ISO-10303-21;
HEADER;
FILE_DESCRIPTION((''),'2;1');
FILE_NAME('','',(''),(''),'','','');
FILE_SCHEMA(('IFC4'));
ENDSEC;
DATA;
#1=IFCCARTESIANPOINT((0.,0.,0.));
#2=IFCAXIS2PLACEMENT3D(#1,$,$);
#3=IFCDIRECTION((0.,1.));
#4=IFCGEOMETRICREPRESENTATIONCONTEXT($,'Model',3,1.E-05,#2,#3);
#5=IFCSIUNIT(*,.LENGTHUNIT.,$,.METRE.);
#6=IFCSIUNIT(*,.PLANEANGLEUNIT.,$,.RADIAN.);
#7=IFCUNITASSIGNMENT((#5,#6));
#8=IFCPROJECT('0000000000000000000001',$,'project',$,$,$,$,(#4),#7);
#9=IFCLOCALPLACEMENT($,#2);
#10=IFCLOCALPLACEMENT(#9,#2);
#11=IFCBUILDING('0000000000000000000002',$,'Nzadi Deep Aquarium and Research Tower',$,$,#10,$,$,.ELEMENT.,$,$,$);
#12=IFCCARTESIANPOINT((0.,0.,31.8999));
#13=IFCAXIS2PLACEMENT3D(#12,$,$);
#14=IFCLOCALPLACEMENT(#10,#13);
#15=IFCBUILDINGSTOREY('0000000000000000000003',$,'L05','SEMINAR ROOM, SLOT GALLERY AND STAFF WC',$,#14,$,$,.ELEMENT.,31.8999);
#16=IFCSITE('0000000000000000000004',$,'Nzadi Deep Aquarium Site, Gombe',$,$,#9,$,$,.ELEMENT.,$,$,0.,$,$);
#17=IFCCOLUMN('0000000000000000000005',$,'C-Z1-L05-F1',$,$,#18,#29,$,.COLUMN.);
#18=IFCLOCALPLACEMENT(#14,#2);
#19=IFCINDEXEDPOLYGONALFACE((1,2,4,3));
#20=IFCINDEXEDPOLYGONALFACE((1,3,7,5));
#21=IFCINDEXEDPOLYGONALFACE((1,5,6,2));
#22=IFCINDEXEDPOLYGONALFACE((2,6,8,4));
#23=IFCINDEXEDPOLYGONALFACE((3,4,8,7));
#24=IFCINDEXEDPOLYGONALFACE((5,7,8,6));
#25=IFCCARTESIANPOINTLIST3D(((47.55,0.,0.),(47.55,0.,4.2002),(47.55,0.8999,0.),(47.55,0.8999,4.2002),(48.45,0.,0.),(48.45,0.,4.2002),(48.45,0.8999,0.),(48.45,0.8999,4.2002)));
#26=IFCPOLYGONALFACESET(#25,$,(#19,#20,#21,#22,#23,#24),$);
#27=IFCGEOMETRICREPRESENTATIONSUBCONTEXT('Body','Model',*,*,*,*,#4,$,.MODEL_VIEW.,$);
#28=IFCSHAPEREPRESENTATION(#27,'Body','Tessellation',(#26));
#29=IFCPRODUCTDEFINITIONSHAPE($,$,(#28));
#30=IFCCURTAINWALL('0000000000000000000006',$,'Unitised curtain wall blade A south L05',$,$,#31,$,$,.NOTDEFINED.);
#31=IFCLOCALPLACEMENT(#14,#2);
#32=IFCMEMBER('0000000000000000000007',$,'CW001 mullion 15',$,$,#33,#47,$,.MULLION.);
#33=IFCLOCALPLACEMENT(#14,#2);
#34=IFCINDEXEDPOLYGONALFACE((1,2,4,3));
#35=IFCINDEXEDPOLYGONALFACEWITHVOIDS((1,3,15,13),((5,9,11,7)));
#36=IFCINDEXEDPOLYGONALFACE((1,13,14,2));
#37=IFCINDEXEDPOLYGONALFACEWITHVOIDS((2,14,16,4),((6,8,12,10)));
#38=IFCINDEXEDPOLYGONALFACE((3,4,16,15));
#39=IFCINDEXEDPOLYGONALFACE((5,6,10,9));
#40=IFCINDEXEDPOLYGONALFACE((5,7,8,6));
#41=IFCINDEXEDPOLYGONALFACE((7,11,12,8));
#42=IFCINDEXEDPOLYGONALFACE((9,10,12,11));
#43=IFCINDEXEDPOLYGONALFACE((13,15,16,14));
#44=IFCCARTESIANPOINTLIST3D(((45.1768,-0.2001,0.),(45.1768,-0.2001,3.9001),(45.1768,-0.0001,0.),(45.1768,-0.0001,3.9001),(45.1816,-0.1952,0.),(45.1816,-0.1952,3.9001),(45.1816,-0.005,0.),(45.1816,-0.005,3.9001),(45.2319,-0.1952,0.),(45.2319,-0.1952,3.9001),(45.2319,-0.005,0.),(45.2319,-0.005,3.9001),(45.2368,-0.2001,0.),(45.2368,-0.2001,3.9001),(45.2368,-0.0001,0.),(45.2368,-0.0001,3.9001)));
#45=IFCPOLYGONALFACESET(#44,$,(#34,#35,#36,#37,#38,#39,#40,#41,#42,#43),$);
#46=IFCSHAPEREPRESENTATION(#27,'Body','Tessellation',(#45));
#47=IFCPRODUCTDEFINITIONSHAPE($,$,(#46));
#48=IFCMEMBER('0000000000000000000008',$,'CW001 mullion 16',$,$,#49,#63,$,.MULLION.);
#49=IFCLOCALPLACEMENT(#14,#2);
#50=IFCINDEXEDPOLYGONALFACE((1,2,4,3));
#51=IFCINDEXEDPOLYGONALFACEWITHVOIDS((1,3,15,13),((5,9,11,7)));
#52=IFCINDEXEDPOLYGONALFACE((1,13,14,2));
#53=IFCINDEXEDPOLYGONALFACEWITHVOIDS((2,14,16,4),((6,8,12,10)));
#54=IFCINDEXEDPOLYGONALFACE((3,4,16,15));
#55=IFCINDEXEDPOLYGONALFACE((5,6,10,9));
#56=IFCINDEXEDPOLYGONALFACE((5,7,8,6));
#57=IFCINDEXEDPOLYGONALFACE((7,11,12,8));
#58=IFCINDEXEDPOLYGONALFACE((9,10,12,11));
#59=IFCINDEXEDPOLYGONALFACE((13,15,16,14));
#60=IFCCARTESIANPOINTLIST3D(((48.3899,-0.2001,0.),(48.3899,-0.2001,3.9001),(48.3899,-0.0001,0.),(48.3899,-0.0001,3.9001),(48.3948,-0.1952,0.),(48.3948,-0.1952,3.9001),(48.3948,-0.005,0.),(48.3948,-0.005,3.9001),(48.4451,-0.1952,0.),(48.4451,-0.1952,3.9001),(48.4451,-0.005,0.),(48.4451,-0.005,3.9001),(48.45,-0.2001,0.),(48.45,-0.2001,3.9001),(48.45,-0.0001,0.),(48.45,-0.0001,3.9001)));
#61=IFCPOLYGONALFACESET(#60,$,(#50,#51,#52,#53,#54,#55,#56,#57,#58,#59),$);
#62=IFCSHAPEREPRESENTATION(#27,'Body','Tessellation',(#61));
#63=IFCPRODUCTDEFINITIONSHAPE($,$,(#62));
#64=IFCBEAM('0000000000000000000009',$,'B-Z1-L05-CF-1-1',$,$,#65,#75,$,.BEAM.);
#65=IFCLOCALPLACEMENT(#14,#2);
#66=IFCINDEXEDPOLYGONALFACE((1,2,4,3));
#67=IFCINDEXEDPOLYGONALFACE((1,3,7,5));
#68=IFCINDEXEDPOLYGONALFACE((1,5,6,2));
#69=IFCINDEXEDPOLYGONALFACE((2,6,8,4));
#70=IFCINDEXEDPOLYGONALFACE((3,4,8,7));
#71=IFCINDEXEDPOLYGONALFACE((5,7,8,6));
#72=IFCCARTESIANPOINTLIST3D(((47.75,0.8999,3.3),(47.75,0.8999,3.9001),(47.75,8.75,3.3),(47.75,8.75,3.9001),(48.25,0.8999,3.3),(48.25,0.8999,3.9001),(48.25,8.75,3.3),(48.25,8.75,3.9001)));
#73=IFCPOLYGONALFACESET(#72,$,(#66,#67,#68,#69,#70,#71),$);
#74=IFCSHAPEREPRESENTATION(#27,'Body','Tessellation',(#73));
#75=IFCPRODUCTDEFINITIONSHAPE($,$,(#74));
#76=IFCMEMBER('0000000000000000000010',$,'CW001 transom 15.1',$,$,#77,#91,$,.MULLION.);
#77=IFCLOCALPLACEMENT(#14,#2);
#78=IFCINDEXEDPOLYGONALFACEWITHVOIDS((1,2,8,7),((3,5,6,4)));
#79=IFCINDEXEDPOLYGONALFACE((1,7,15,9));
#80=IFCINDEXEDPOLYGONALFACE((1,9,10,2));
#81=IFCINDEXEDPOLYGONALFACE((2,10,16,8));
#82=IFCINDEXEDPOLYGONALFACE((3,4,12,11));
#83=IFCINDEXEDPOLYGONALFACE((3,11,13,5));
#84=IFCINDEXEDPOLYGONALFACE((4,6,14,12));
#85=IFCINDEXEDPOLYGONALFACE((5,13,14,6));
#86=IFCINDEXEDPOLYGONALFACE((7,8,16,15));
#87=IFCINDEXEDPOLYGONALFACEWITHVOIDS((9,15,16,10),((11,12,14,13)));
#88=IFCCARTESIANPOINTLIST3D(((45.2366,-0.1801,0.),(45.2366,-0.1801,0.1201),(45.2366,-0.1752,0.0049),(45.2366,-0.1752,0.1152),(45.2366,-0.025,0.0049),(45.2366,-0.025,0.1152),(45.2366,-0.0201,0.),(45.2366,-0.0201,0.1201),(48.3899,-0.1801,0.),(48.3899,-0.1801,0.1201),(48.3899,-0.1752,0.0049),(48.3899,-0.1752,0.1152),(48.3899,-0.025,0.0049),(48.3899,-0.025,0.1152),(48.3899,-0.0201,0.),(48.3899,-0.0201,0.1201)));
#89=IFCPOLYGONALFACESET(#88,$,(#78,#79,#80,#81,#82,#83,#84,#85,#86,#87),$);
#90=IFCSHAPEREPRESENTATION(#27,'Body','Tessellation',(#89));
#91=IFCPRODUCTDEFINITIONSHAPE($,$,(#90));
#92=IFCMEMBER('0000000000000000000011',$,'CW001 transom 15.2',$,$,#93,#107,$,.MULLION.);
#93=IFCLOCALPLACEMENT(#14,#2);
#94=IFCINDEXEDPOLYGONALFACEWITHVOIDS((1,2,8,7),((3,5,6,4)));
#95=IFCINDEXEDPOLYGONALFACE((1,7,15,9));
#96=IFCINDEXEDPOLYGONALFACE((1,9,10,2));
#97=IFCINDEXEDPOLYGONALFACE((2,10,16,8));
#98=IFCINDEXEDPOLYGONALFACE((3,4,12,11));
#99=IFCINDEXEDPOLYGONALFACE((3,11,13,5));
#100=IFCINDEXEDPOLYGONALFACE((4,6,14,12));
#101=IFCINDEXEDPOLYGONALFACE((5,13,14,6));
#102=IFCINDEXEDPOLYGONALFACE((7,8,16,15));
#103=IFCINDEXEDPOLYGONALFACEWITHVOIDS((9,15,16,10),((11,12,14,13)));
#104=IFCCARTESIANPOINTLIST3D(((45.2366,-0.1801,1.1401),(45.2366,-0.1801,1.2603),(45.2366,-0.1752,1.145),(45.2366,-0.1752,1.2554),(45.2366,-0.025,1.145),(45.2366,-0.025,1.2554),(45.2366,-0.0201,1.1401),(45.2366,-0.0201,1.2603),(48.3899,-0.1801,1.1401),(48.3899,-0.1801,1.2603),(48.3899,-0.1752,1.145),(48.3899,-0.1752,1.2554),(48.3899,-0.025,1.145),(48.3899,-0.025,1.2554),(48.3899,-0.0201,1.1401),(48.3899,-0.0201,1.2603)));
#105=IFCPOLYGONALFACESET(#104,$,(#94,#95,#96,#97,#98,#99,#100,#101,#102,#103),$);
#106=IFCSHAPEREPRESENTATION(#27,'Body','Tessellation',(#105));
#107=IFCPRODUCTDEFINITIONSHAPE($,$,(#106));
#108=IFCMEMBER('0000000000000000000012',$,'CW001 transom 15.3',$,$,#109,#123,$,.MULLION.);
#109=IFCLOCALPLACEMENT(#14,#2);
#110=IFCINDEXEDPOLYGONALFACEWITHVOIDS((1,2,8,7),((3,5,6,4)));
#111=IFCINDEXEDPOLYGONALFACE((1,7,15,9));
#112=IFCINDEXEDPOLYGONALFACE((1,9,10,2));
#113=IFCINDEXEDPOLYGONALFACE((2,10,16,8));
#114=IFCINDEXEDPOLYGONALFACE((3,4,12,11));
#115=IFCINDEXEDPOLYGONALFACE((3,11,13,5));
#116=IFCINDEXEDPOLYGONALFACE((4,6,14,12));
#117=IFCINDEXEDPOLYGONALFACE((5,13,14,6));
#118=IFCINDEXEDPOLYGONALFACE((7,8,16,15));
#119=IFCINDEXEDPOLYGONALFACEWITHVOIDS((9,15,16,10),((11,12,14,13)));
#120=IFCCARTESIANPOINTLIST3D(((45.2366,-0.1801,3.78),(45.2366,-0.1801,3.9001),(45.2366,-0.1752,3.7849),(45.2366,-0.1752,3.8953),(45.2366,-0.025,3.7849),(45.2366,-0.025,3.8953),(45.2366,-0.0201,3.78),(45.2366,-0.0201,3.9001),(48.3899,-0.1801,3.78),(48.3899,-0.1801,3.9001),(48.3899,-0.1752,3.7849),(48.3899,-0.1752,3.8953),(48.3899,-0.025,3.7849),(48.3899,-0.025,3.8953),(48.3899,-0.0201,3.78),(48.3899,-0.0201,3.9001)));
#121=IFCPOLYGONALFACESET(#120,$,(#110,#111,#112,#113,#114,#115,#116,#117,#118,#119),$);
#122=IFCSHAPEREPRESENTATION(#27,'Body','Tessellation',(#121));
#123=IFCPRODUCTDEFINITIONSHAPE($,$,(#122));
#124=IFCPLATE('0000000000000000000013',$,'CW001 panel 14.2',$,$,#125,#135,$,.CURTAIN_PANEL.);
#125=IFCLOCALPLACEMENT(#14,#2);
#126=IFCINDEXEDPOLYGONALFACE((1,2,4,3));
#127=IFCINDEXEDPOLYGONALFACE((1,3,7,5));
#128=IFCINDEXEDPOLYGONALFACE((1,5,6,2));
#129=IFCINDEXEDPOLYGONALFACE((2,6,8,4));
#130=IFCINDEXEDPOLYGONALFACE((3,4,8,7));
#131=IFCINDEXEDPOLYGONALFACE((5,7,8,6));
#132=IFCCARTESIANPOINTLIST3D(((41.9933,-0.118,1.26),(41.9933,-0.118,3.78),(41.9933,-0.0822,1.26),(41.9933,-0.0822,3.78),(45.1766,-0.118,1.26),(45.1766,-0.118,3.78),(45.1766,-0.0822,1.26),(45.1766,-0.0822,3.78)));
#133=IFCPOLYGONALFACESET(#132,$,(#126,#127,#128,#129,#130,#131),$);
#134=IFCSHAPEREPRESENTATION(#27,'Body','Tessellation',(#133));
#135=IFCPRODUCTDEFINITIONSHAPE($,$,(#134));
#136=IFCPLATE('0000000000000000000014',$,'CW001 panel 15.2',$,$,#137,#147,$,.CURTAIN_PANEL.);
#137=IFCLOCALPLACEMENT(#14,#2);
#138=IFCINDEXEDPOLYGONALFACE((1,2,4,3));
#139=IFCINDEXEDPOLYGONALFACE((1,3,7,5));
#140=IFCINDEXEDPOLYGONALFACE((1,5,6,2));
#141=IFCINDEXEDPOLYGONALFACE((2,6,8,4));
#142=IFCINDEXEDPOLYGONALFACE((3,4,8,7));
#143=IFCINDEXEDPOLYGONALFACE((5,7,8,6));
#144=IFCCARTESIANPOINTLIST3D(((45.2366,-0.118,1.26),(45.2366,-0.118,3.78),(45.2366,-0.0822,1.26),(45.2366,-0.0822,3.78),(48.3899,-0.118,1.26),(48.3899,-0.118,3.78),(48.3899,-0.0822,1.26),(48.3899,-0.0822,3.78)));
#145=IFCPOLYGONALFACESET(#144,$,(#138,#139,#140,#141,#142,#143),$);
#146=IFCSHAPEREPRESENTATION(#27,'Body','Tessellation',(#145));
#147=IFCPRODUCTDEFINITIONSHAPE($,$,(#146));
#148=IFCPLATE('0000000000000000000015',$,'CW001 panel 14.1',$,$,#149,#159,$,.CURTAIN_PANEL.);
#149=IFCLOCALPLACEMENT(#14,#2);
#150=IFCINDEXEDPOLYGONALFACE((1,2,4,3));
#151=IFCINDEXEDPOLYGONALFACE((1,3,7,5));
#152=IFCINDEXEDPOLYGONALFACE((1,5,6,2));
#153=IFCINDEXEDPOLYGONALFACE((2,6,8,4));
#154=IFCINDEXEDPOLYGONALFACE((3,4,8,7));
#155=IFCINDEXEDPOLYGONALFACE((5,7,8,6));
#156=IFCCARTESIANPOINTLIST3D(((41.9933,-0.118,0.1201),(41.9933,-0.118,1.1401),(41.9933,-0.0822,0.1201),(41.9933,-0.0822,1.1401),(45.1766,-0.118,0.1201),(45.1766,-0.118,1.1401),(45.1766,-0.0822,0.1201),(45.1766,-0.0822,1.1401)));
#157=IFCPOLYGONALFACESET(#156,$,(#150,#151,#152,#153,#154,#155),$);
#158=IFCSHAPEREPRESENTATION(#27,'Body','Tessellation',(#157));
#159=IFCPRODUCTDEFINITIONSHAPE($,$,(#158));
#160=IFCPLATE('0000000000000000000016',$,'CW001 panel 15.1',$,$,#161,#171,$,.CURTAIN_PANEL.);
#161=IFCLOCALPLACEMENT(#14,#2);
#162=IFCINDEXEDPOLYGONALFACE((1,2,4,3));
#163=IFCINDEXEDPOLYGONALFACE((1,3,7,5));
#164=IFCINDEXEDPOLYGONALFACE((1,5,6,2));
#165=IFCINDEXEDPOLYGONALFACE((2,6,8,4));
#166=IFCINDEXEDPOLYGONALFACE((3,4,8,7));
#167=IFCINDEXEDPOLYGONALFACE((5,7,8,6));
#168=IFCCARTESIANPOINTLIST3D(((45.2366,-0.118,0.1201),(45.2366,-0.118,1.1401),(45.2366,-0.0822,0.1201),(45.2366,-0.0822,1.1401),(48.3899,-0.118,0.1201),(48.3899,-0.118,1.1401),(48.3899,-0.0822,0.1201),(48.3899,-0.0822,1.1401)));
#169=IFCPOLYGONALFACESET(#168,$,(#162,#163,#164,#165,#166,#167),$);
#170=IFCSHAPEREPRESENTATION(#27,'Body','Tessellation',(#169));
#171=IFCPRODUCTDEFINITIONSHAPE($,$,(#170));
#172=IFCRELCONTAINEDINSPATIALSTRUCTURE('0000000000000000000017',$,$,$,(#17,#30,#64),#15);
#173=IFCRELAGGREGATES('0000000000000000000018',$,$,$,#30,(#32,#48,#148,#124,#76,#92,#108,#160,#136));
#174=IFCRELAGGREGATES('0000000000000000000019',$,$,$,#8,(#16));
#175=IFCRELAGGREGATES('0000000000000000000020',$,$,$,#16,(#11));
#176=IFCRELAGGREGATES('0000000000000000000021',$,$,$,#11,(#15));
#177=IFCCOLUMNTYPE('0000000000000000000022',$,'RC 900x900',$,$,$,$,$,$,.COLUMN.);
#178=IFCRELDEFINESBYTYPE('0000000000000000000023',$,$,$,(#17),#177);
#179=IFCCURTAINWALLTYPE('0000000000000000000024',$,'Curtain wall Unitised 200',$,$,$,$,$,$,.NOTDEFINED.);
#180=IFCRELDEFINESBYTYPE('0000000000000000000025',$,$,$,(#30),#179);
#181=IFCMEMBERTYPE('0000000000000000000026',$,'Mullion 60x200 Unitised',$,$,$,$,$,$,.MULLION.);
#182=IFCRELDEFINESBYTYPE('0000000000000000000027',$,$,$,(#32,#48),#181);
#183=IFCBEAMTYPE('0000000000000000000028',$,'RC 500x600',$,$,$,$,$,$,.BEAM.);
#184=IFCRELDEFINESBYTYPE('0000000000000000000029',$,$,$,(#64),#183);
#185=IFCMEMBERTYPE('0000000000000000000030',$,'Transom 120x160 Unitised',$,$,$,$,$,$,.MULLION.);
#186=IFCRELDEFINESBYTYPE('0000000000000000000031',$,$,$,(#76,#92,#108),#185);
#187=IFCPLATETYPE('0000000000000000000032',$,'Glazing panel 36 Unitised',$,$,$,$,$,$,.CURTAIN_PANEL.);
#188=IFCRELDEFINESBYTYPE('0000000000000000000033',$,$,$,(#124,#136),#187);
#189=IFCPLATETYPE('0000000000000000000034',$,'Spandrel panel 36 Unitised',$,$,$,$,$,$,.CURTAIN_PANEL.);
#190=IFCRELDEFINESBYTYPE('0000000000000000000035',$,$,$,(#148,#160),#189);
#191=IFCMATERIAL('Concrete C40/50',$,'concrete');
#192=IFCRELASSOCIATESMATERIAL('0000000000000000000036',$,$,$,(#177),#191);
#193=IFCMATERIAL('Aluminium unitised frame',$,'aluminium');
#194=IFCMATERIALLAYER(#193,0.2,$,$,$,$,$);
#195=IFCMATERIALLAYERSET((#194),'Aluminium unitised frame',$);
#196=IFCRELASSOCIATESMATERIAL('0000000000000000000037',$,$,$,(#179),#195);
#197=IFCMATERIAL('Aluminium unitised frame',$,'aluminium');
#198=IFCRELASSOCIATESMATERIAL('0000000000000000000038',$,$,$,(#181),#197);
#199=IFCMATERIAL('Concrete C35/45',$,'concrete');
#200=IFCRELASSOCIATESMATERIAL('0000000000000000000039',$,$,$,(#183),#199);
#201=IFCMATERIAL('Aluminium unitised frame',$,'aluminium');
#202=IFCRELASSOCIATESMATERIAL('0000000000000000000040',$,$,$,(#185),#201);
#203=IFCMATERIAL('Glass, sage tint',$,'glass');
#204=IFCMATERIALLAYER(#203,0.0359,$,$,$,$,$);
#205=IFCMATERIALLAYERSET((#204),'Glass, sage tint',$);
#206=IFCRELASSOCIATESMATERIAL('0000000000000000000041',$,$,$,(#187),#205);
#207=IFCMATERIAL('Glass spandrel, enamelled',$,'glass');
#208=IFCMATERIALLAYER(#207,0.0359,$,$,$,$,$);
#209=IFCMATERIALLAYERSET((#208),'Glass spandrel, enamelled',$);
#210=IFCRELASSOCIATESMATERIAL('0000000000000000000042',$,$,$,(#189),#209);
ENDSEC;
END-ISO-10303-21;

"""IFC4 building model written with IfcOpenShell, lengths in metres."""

from ifc_helpers import new_model, si_unit, direction, frame, origin, origin_2d, place, context, subcontext, project, spatial, rectangle, hollow_rectangle, extrude, material, layer, layer_set, material_profile, profile_set, type_object, element, aggregate, save


model = new_model("IFC4")

# Units and contexts
model_context = context("Model", 3, precision=1e-05, world=origin(), true_north=direction((0.0, 1.0)))
body_context = subcontext(model_context, "Body", "Model", "MODEL_VIEW")
ifc_project = project(units=[si_unit("LENGTHUNIT", "METRE"), si_unit("PLANEANGLEUNIT", "RADIAN")], contexts=[model_context])

# Site, building, storey
site_placement = place(None, origin())
site = spatial("IfcSite", under=ifc_project, at=site_placement, Name="Nzadi Deep Aquarium Site, Gombe", CompositionType="ELEMENT", RefElevation=0.0)
building_placement = place(site_placement, origin())
building = spatial("IfcBuilding", under=site, at=building_placement, Name="Nzadi Deep Aquarium and Research Tower", CompositionType="ELEMENT")
storey_placement = place(building_placement, frame((0.0, 0.0, 31.8999)))
storey = spatial("IfcBuildingStorey", under=building, at=storey_placement, Name="L05", Description="SEMINAR ROOM, SLOT GALLERY AND STAFF WC", CompositionType="ELEMENT", Elevation=31.8999)

# Column
ifc_material_1 = material(Name="Concrete C40/50", Category="concrete")
ifc_material_profile_1 = material_profile(ifc_material_1, rectangle(XDim=0.8999, YDim=0.8999, at=origin_2d()))
ifc_profile_set_1 = profile_set([ifc_material_profile_1], Name="Concrete C40/50")
column_type = type_object("IfcColumnType", Name="RC 900x900", PredefinedType="COLUMN", material=ifc_profile_set_1)
column_placement = place(storey_placement, frame((48.0, 0.45, 0.0), z_axis=(0.0, 0.0, 1.0), x_axis=(1.0, 0.0, 0.0)))
element("IfcColumn", 1, at=column_placement, inside=storey, type_object=column_type, Name="C-Z1-L05-F1", PredefinedType="COLUMN", context=body_context, shape_type="SweptSolid", body=[
    extrude(rectangle(XDim=0.8999, YDim=0.8999, at=origin_2d()), origin(), (0.0, 0.0, 1.0), 4.2002),
])

# Curtain wall, members
ifc_material_2 = material(Name="Aluminium unitised frame", Category="aluminium")
ifc_layer_1 = layer(ifc_material_2, 0.2)
ifc_layer_set_1 = layer_set([ifc_layer_1], Name="Aluminium unitised frame")
curtain_wall_type = type_object("IfcCurtainWallType", Name="Curtain wall Unitised 200", PredefinedType="NOTDEFINED", material=ifc_layer_set_1)
curtain_wall_placement = place(storey_placement, origin())
curtain_wall = element("IfcCurtainWall", 2, at=curtain_wall_placement, inside=storey, type_object=curtain_wall_type, Name="Unitised curtain wall blade A south L05", PredefinedType="NOTDEFINED")
ifc_material_3 = material(Name="Aluminium unitised frame", Category="aluminium")
ifc_material_profile_2 = material_profile(ifc_material_3, hollow_rectangle(XDim=0.2, YDim=0.0601, WallThickness=0.0049, at=origin_2d()))
ifc_profile_set_2 = profile_set([ifc_material_profile_2], Name="Aluminium unitised frame")
member_type_1 = type_object("IfcMemberType", Name="Mullion 60x200 Unitised", PredefinedType="MULLION", material=ifc_profile_set_2)
member_1_placement = place(storey_placement, frame((45.2068, -0.1001, 0.0), z_axis=(0.0, 0.0, 1.0), x_axis=(0.0, 1.0, 0.0)))
member_1 = element("IfcMember", 3, at=member_1_placement, type_object=member_type_1, Name="CW001 mullion 15", PredefinedType="MULLION", context=body_context, shape_type="SweptSolid", body=[
    extrude(hollow_rectangle(XDim=0.2, YDim=0.0601, WallThickness=0.0049, at=origin_2d()), origin(), (0.0, 0.0, 1.0), 3.9001),
])
member_2_placement = place(storey_placement, frame((48.4199, -0.1001, 0.0), z_axis=(0.0, 0.0, 1.0), x_axis=(0.0, 1.0, 0.0)))
member_2 = element("IfcMember", 4, at=member_2_placement, type_object=member_type_1, Name="CW001 mullion 16", PredefinedType="MULLION", context=body_context, shape_type="SweptSolid", body=[
    extrude(hollow_rectangle(XDim=0.2, YDim=0.0601, WallThickness=0.0049, at=origin_2d()), origin(), (0.0, 0.0, 1.0), 3.9001),
])

# Beam
ifc_material_4 = material(Name="Concrete C35/45", Category="concrete")
ifc_material_profile_3 = material_profile(ifc_material_4, rectangle(XDim=0.5, YDim=0.6001, at=origin_2d()))
ifc_profile_set_3 = profile_set([ifc_material_profile_3], Name="Concrete C35/45")
beam_type = type_object("IfcBeamType", Name="RC 500x600", PredefinedType="BEAM", material=ifc_profile_set_3)
beam_placement = place(storey_placement, frame((48.0, 0.8999, 3.6001), z_axis=(0.0, 1.0, 0.0), x_axis=(-1.0, 0.0, 0.0)))
element("IfcBeam", 5, at=beam_placement, inside=storey, type_object=beam_type, Name="B-Z1-L05-CF-1-1", PredefinedType="BEAM", context=body_context, shape_type="SweptSolid", body=[
    extrude(rectangle(XDim=0.5, YDim=0.6001, at=origin_2d()), origin(), (0.0, 0.0, 1.0), 7.8501),
])

# Members
ifc_material_5 = material(Name="Aluminium unitised frame", Category="aluminium")
ifc_material_profile_4 = material_profile(ifc_material_5, hollow_rectangle(XDim=0.1599, YDim=0.1201, WallThickness=0.0049, at=origin_2d()))
ifc_profile_set_4 = profile_set([ifc_material_profile_4], Name="Aluminium unitised frame")
member_type_2 = type_object("IfcMemberType", Name="Transom 120x160 Unitised", PredefinedType="MULLION", material=ifc_profile_set_4)
member_3_placement = place(storey_placement, frame((45.2366, -0.1001, 0.0601), z_axis=(1.0, 0.0, 0.0), x_axis=(0.0, 1.0, 0.0)))
member_3 = element("IfcMember", 6, at=member_3_placement, type_object=member_type_2, Name="CW001 transom 15.1", PredefinedType="MULLION", context=body_context, shape_type="SweptSolid", body=[
    extrude(hollow_rectangle(XDim=0.1599, YDim=0.1201, WallThickness=0.0049, at=origin_2d()), origin(), (0.0, 0.0, 1.0), 3.1533),
])
member_4_placement = place(storey_placement, frame((45.2366, -0.1001, 1.2002), z_axis=(1.0, 0.0, 0.0), x_axis=(0.0, 1.0, 0.0)))
member_4 = element("IfcMember", 7, at=member_4_placement, type_object=member_type_2, Name="CW001 transom 15.2", PredefinedType="MULLION", context=body_context, shape_type="SweptSolid", body=[
    extrude(hollow_rectangle(XDim=0.1599, YDim=0.1201, WallThickness=0.0049, at=origin_2d()), origin(), (0.0, 0.0, 1.0), 3.1533),
])
member_5_placement = place(storey_placement, frame((45.2366, -0.1001, 3.8401), z_axis=(1.0, 0.0, 0.0), x_axis=(0.0, 1.0, 0.0)))
member_5 = element("IfcMember", 8, at=member_5_placement, type_object=member_type_2, Name="CW001 transom 15.3", PredefinedType="MULLION", context=body_context, shape_type="SweptSolid", body=[
    extrude(hollow_rectangle(XDim=0.1599, YDim=0.1201, WallThickness=0.0049, at=origin_2d()), origin(), (0.0, 0.0, 1.0), 3.1533),
])

# Plates
ifc_material_6 = material(Name="Glass, sage tint", Category="glass")
ifc_layer_2 = layer(ifc_material_6, 0.0359)
ifc_layer_set_2 = layer_set([ifc_layer_2], Name="Glass, sage tint")
plate_type_1 = type_object("IfcPlateType", Name="Glazing panel 36 Unitised", PredefinedType="CURTAIN_PANEL", material=ifc_layer_set_2)
plate_1_placement = place(storey_placement, frame((43.585, -0.1001, 1.26), z_axis=(0.0, 0.0, 1.0), x_axis=(1.0, 0.0, 0.0)))
plate_1 = element("IfcPlate", 9, at=plate_1_placement, type_object=plate_type_1, Name="CW001 panel 14.2", PredefinedType="CURTAIN_PANEL", context=body_context, shape_type="SweptSolid", body=[
    extrude(rectangle(XDim=3.1833, YDim=0.0359, at=origin_2d()), origin(), (0.0, 0.0, 1.0), 2.52),
])
plate_2_placement = place(storey_placement, frame((46.8132, -0.1001, 1.26), z_axis=(0.0, 0.0, 1.0), x_axis=(1.0, 0.0, 0.0)))
plate_2 = element("IfcPlate", 10, at=plate_2_placement, type_object=plate_type_1, Name="CW001 panel 15.2", PredefinedType="CURTAIN_PANEL", context=body_context, shape_type="SweptSolid", body=[
    extrude(rectangle(XDim=3.1533, YDim=0.0359, at=origin_2d()), origin(), (0.0, 0.0, 1.0), 2.52),
])
ifc_material_7 = material(Name="Glass spandrel, enamelled", Category="glass")
ifc_layer_3 = layer(ifc_material_7, 0.0359)
ifc_layer_set_3 = layer_set([ifc_layer_3], Name="Glass spandrel, enamelled")
plate_type_2 = type_object("IfcPlateType", Name="Spandrel panel 36 Unitised", PredefinedType="CURTAIN_PANEL", material=ifc_layer_set_3)
plate_3_placement = place(storey_placement, frame((43.585, -0.1001, 0.1201), z_axis=(0.0, 0.0, 1.0), x_axis=(1.0, 0.0, 0.0)))
plate_3 = element("IfcPlate", 11, at=plate_3_placement, type_object=plate_type_2, Name="CW001 panel 14.1", PredefinedType="CURTAIN_PANEL", context=body_context, shape_type="SweptSolid", body=[
    extrude(rectangle(XDim=3.1833, YDim=0.0359, at=origin_2d()), origin(), (0.0, 0.0, 1.0), 1.02),
])
plate_4_placement = place(storey_placement, frame((46.8132, -0.1001, 0.1201), z_axis=(0.0, 0.0, 1.0), x_axis=(1.0, 0.0, 0.0)))
plate_4 = element("IfcPlate", 12, at=plate_4_placement, type_object=plate_type_2, Name="CW001 panel 15.1", PredefinedType="CURTAIN_PANEL", context=body_context, shape_type="SweptSolid", body=[
    extrude(rectangle(XDim=3.1533, YDim=0.0359, at=origin_2d()), origin(), (0.0, 0.0, 1.0), 1.02),
])
aggregate(curtain_wall, [member_1, member_2, plate_3, plate_1, member_3, member_4, member_5, plate_4, plate_2])

save(model, "model.ifc")
